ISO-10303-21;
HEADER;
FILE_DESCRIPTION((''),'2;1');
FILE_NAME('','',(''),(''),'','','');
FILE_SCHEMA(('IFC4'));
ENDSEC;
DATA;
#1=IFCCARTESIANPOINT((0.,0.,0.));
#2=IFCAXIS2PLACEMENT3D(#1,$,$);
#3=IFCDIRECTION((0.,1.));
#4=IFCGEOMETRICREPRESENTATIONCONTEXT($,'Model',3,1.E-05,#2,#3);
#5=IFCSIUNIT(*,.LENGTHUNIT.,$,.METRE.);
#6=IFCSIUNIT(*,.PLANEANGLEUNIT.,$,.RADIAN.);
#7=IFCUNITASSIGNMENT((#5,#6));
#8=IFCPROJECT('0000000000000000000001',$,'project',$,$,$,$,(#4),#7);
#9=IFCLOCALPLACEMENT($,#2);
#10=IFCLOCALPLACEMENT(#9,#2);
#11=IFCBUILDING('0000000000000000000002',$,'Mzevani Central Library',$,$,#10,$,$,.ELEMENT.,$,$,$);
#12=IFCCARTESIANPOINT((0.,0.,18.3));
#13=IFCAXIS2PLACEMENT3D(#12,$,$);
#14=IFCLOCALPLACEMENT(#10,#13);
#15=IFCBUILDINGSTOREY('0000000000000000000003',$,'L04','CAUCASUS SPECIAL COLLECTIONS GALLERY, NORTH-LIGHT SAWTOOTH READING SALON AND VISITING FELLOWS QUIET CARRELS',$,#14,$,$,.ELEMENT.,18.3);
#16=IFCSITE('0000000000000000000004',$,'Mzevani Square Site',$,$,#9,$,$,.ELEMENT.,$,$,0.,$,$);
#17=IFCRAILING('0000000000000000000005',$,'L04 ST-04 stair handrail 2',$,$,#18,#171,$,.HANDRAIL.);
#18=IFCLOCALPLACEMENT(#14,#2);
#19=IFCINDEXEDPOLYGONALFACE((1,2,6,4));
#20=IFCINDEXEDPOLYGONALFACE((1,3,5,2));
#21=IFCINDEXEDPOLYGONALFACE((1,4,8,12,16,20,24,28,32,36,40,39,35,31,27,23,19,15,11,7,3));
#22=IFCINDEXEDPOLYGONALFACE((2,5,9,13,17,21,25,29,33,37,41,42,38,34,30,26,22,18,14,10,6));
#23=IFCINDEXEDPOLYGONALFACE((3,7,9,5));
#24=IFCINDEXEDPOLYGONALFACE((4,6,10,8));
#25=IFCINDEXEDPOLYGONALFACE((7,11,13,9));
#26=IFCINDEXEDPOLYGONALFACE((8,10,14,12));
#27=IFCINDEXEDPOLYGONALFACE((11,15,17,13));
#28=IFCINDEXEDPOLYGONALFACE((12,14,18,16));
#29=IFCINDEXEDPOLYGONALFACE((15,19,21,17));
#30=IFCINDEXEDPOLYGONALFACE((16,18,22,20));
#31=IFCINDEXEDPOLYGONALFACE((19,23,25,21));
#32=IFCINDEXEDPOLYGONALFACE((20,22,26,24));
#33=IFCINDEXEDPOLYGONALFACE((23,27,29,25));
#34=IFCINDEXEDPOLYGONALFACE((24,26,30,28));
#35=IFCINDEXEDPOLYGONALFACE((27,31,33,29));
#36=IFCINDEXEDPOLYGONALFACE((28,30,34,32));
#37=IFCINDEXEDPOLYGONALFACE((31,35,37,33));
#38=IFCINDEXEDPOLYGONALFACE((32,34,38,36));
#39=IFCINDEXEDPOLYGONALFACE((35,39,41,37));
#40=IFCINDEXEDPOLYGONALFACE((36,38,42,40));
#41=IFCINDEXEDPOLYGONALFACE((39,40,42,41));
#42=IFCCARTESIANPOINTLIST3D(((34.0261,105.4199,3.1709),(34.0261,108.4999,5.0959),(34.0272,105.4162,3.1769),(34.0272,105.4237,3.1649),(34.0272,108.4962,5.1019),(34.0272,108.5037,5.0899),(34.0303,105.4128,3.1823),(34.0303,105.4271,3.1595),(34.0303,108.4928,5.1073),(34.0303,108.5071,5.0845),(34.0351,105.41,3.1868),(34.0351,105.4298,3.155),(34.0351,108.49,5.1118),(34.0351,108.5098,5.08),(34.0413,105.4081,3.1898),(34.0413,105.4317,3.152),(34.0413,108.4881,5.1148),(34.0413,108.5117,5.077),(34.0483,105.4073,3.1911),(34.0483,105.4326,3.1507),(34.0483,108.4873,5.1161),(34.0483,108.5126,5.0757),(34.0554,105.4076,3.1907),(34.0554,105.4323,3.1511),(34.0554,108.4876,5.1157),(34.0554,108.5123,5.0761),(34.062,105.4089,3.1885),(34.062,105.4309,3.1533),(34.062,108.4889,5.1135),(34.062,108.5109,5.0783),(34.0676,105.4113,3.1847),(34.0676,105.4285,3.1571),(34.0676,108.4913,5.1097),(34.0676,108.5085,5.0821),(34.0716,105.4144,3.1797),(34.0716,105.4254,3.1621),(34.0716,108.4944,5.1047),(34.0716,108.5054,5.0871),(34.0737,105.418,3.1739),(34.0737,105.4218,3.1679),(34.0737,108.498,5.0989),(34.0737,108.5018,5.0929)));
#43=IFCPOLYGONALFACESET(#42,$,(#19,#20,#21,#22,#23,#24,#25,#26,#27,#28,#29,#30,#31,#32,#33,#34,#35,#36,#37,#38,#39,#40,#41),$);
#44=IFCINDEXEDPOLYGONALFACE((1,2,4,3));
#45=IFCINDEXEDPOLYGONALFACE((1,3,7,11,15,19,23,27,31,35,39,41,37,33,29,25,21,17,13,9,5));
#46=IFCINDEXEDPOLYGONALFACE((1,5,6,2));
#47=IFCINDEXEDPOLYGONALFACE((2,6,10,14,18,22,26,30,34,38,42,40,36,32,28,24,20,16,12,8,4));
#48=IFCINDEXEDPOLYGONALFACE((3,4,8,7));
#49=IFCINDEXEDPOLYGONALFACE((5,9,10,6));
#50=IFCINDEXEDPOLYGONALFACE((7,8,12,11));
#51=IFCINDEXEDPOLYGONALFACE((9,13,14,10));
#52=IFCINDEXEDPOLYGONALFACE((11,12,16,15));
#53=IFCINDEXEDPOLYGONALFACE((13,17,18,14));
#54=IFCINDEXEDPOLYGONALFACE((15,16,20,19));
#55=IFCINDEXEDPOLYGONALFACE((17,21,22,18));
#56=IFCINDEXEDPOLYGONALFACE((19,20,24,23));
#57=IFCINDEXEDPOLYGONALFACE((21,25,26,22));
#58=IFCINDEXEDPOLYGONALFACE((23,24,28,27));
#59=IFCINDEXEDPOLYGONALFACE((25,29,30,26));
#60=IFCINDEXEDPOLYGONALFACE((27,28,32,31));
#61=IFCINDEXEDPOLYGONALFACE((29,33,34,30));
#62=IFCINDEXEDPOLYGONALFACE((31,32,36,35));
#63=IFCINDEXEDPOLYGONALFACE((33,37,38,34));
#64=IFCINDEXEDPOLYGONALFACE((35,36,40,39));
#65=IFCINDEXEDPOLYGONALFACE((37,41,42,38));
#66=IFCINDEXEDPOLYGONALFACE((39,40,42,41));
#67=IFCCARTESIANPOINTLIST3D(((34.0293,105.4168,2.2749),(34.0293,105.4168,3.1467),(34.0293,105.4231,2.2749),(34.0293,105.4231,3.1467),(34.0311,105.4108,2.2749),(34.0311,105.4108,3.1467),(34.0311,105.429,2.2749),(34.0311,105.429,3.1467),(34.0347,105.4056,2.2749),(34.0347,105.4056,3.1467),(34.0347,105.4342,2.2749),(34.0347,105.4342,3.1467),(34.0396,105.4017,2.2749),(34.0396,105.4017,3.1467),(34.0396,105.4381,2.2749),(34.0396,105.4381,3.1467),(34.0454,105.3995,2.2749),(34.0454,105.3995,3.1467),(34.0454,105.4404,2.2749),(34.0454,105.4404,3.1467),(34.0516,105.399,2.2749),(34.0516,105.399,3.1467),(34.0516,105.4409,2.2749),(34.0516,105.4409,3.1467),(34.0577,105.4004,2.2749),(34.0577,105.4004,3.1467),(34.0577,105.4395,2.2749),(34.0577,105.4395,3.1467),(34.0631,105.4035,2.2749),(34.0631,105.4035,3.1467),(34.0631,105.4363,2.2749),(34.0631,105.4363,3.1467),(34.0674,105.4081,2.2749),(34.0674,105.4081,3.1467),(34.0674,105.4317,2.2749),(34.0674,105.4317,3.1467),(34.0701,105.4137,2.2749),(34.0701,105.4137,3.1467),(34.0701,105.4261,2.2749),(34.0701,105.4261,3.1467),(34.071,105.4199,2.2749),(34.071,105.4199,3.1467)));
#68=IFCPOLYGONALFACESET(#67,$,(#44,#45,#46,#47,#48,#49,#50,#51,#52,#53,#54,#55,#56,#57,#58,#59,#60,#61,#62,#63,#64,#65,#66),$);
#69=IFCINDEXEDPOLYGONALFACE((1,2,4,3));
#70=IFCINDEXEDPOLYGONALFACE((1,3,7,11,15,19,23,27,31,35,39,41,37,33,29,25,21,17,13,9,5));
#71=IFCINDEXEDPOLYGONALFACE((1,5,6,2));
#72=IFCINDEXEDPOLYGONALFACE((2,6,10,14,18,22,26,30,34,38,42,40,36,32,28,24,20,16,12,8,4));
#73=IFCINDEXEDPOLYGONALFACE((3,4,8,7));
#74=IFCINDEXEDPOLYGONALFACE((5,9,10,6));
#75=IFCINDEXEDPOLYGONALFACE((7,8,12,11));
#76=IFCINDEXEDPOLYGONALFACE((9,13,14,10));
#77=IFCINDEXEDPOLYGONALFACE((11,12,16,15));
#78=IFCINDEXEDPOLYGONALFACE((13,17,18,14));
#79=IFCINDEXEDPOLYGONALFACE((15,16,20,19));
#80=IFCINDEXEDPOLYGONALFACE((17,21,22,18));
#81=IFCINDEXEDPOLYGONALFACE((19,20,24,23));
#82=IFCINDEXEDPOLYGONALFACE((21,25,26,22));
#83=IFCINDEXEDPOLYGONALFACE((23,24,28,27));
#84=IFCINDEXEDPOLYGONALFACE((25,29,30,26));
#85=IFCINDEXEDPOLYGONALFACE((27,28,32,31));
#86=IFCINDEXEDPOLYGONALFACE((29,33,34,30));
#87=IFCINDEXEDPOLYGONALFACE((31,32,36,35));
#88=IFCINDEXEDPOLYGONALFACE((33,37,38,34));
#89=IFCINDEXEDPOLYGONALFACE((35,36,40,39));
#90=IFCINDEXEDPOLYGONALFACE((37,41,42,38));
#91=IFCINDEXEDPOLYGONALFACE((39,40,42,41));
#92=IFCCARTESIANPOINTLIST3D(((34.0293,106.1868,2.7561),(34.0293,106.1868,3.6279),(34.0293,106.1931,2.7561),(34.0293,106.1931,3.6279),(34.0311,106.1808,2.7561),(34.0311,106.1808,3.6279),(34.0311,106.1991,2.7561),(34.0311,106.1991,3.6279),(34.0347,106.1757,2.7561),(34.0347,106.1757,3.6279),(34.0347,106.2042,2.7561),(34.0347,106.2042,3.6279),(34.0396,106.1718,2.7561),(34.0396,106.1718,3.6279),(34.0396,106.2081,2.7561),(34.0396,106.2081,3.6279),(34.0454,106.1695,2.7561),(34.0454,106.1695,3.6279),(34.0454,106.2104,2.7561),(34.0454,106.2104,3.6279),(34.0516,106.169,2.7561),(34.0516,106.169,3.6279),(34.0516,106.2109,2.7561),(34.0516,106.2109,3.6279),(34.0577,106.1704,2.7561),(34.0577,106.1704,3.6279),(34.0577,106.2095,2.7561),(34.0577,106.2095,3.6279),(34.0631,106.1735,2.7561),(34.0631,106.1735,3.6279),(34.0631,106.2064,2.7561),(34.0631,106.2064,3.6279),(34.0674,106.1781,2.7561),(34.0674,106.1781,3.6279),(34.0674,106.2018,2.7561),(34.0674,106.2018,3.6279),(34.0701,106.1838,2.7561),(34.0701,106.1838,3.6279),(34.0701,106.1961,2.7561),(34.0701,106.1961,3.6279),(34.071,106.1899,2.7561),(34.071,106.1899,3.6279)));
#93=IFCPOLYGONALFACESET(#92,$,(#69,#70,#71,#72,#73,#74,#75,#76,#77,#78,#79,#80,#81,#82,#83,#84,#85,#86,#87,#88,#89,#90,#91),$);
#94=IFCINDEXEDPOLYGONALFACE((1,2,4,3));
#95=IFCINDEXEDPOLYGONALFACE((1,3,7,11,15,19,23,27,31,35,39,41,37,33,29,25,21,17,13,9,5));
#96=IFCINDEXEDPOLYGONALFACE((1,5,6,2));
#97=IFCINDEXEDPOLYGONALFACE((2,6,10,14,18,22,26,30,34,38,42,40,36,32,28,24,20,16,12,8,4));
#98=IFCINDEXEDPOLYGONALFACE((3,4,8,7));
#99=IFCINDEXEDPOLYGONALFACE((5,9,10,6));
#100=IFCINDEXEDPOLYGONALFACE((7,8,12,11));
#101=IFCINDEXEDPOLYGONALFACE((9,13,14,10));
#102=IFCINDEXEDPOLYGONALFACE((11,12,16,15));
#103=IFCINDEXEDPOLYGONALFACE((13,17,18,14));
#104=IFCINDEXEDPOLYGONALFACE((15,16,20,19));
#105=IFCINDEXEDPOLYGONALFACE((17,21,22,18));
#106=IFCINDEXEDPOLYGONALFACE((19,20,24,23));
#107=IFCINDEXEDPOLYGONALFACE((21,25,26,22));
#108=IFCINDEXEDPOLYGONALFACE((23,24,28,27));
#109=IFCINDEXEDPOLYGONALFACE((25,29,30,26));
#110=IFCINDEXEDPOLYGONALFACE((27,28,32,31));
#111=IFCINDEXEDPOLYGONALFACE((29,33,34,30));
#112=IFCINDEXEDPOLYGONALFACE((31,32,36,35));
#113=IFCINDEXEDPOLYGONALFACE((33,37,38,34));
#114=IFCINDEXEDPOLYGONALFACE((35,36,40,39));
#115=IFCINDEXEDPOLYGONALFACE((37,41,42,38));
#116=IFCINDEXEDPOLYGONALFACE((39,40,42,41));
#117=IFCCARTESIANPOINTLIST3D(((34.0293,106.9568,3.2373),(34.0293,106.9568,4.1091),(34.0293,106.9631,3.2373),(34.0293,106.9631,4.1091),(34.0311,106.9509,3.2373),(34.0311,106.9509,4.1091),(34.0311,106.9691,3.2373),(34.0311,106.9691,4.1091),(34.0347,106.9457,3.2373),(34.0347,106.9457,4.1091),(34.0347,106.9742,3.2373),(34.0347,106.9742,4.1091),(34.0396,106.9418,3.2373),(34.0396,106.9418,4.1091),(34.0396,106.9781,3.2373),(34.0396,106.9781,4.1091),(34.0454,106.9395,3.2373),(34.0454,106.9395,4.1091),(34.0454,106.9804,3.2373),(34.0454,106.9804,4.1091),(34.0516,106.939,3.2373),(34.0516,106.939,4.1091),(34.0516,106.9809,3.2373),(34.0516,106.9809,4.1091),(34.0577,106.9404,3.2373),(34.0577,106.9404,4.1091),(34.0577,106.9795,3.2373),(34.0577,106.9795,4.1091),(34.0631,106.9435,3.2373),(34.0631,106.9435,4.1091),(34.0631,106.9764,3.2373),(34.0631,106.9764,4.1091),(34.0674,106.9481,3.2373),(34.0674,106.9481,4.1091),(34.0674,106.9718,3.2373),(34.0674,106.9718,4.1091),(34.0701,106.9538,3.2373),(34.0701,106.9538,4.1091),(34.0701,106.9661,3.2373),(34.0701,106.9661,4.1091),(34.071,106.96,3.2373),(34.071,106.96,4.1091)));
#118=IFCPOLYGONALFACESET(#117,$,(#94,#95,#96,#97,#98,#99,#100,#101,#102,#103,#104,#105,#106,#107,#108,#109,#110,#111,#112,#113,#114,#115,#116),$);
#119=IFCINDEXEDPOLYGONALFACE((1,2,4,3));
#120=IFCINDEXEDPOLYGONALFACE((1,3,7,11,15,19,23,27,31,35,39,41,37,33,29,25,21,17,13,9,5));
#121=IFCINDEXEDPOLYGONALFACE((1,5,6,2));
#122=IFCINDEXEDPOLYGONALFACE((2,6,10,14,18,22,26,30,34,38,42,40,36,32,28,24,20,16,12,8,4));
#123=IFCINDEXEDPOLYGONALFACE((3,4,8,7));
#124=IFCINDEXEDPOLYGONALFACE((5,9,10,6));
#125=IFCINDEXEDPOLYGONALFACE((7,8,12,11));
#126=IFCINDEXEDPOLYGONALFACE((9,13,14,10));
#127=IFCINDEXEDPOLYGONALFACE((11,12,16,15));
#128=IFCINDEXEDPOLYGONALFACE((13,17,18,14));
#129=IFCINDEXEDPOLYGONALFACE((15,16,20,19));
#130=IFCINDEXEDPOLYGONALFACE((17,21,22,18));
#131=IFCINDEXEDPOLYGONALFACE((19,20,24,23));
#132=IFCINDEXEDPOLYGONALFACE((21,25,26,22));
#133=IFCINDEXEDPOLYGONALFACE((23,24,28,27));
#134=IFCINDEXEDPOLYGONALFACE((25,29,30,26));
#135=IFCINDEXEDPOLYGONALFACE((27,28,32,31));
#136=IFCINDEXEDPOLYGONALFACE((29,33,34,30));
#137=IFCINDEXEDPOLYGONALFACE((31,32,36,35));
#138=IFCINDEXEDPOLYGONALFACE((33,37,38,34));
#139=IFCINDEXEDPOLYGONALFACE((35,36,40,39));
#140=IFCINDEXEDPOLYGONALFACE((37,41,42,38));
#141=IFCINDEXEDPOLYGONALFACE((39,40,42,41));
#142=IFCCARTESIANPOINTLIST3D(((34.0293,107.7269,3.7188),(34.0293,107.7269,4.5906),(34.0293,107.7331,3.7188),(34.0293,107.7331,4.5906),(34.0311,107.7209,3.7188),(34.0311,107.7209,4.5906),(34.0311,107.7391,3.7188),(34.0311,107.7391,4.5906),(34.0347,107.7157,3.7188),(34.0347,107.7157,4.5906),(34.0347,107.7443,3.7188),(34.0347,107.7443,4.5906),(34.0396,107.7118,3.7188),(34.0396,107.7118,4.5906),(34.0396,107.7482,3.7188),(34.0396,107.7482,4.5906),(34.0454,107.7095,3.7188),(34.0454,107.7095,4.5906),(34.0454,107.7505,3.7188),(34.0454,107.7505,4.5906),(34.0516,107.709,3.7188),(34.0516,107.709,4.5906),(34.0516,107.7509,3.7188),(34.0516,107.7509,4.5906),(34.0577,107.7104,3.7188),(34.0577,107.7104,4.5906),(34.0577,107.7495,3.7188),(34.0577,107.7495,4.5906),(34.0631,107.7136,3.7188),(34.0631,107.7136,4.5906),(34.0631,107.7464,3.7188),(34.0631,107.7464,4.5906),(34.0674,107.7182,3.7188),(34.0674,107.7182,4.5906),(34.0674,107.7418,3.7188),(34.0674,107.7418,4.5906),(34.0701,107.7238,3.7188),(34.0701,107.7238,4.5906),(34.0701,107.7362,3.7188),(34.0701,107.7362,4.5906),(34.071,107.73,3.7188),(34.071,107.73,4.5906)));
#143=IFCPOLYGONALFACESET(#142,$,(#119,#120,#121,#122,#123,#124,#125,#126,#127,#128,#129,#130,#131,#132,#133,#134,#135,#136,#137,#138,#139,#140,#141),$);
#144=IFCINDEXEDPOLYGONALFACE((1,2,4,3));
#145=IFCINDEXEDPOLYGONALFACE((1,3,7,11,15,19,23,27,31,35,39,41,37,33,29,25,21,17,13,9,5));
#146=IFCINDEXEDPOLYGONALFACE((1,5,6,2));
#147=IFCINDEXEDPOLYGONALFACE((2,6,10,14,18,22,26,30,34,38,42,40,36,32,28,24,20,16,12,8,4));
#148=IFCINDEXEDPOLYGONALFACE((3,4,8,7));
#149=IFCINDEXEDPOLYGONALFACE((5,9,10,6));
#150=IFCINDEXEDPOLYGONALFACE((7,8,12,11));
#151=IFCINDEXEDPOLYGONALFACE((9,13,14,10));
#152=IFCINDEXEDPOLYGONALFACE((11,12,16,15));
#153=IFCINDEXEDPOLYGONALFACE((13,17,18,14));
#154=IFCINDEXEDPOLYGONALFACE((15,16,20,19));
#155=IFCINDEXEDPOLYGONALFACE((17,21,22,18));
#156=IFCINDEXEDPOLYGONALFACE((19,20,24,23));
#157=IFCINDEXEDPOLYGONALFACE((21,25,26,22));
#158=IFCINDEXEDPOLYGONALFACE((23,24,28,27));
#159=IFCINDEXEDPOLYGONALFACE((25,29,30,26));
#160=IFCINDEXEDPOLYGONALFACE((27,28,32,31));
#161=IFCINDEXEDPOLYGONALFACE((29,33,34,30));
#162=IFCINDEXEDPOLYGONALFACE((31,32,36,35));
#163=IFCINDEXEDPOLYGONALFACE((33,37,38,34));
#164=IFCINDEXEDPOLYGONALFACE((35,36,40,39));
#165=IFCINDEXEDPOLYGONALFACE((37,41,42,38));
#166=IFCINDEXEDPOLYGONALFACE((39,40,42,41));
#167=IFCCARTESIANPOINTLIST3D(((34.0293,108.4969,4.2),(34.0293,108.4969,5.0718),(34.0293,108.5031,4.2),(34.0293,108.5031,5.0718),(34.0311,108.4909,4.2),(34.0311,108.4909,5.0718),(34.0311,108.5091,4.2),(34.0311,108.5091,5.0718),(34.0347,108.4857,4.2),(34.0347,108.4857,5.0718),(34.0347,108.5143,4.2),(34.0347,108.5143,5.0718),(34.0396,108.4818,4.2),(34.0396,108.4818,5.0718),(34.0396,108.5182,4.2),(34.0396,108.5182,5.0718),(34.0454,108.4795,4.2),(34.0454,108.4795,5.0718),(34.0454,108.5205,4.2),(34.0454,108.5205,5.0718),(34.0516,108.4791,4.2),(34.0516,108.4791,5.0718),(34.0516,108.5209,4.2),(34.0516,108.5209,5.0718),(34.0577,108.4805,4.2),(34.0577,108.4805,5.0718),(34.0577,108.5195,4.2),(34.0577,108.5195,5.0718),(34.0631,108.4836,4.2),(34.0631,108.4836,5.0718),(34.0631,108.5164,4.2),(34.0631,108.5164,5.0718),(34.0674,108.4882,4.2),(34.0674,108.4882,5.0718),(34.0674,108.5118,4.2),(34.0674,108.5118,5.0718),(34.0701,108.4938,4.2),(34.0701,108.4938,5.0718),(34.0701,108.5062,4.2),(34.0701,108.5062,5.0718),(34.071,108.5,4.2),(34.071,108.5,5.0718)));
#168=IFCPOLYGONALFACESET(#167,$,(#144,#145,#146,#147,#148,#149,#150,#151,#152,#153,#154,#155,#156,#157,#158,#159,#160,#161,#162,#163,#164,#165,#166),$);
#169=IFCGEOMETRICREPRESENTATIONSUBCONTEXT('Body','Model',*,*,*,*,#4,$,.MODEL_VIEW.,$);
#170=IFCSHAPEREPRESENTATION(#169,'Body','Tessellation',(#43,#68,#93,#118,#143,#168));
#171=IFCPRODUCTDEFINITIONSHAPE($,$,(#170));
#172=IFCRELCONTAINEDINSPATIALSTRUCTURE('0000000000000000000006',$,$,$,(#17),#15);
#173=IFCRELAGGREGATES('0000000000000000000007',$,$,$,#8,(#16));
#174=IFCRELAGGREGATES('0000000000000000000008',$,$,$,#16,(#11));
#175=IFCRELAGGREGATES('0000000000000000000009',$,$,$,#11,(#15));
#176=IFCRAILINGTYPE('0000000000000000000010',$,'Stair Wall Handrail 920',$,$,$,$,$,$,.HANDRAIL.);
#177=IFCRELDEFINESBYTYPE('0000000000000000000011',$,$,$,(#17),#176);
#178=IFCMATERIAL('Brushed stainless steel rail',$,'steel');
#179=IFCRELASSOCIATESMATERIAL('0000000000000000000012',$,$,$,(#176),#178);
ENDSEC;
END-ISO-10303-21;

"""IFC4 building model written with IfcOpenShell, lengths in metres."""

from ifc_helpers import new_model, si_unit, direction, frame, origin, origin_2d, place, context, subcontext, project, spatial, circle, extrude, material, type_object, element, save


model = new_model("IFC4")

# Units and contexts
model_context = context("Model", 3, precision=1e-05, world=origin(), true_north=direction((0.0, 1.0)))
body_context = subcontext(model_context, "Body", "Model", "MODEL_VIEW")
ifc_project = project(units=[si_unit("LENGTHUNIT", "METRE"), si_unit("PLANEANGLEUNIT", "RADIAN")], contexts=[model_context])

# Site, building, storey
site_placement = place(None, origin())
site = spatial("IfcSite", under=ifc_project, at=site_placement, Name="Mzevani Square Site", CompositionType="ELEMENT", RefElevation=0.0)
building_placement = place(site_placement, origin())
building = spatial("IfcBuilding", under=site, at=building_placement, Name="Mzevani Central Library", CompositionType="ELEMENT")
storey_placement = place(building_placement, frame((0.0, 0.0, 18.3)))
storey = spatial("IfcBuildingStorey", under=building, at=storey_placement, Name="L04", Description="CAUCASUS SPECIAL COLLECTIONS GALLERY, NORTH-LIGHT SAWTOOTH READING SALON AND VISITING FELLOWS QUIET CARRELS", CompositionType="ELEMENT", Elevation=18.3)

# Shared definitions
ifc_material_1 = material(Name="Brushed stainless steel rail", Category="steel")

# Railing
railing_type_1 = type_object("IfcRailingType", Name="Stair Wall Handrail 920", PredefinedType="HANDRAIL", material=ifc_material_1)
railing_1_placement = place(storey_placement, frame((34.05, 105.4199, 2.2749)))
element("IfcRailing", 1, at=railing_1_placement, inside=storey, type_object=railing_type_1, Name="L04 ST-04 stair handrail 2", PredefinedType="HANDRAIL", context=body_context, shape_type="SweptSolid", body=[
    extrude(circle(Radius=0.0239, at=origin_2d()), frame((0.0, 0.0, 0.896), z_axis=(0.0, 0.847998, 0.529999), x_axis=(-1.0, 0.0, 0.0)), (0.0, 0.0, 1.0), 3.6321),
    extrude(circle(Radius=0.021, at=origin_2d()), origin(), (0.0, 0.0, 1.0), 0.8718),
    extrude(circle(Radius=0.021, at=origin_2d()), frame((0.0, 0.77, 0.4812)), (0.0, 0.0, 1.0), 0.8718),
    extrude(circle(Radius=0.021, at=origin_2d()), frame((0.0, 1.54, 0.9624)), (0.0, 0.0, 1.0), 0.8718),
    extrude(circle(Radius=0.021, at=origin_2d()), frame((0.0, 2.3101, 1.4438)), (0.0, 0.0, 1.0), 0.8718),
    extrude(circle(Radius=0.021, at=origin_2d()), frame((0.0, 3.0801, 1.925)), (0.0, 0.0, 1.0), 0.8718),
])

save(model, "model.ifc")
